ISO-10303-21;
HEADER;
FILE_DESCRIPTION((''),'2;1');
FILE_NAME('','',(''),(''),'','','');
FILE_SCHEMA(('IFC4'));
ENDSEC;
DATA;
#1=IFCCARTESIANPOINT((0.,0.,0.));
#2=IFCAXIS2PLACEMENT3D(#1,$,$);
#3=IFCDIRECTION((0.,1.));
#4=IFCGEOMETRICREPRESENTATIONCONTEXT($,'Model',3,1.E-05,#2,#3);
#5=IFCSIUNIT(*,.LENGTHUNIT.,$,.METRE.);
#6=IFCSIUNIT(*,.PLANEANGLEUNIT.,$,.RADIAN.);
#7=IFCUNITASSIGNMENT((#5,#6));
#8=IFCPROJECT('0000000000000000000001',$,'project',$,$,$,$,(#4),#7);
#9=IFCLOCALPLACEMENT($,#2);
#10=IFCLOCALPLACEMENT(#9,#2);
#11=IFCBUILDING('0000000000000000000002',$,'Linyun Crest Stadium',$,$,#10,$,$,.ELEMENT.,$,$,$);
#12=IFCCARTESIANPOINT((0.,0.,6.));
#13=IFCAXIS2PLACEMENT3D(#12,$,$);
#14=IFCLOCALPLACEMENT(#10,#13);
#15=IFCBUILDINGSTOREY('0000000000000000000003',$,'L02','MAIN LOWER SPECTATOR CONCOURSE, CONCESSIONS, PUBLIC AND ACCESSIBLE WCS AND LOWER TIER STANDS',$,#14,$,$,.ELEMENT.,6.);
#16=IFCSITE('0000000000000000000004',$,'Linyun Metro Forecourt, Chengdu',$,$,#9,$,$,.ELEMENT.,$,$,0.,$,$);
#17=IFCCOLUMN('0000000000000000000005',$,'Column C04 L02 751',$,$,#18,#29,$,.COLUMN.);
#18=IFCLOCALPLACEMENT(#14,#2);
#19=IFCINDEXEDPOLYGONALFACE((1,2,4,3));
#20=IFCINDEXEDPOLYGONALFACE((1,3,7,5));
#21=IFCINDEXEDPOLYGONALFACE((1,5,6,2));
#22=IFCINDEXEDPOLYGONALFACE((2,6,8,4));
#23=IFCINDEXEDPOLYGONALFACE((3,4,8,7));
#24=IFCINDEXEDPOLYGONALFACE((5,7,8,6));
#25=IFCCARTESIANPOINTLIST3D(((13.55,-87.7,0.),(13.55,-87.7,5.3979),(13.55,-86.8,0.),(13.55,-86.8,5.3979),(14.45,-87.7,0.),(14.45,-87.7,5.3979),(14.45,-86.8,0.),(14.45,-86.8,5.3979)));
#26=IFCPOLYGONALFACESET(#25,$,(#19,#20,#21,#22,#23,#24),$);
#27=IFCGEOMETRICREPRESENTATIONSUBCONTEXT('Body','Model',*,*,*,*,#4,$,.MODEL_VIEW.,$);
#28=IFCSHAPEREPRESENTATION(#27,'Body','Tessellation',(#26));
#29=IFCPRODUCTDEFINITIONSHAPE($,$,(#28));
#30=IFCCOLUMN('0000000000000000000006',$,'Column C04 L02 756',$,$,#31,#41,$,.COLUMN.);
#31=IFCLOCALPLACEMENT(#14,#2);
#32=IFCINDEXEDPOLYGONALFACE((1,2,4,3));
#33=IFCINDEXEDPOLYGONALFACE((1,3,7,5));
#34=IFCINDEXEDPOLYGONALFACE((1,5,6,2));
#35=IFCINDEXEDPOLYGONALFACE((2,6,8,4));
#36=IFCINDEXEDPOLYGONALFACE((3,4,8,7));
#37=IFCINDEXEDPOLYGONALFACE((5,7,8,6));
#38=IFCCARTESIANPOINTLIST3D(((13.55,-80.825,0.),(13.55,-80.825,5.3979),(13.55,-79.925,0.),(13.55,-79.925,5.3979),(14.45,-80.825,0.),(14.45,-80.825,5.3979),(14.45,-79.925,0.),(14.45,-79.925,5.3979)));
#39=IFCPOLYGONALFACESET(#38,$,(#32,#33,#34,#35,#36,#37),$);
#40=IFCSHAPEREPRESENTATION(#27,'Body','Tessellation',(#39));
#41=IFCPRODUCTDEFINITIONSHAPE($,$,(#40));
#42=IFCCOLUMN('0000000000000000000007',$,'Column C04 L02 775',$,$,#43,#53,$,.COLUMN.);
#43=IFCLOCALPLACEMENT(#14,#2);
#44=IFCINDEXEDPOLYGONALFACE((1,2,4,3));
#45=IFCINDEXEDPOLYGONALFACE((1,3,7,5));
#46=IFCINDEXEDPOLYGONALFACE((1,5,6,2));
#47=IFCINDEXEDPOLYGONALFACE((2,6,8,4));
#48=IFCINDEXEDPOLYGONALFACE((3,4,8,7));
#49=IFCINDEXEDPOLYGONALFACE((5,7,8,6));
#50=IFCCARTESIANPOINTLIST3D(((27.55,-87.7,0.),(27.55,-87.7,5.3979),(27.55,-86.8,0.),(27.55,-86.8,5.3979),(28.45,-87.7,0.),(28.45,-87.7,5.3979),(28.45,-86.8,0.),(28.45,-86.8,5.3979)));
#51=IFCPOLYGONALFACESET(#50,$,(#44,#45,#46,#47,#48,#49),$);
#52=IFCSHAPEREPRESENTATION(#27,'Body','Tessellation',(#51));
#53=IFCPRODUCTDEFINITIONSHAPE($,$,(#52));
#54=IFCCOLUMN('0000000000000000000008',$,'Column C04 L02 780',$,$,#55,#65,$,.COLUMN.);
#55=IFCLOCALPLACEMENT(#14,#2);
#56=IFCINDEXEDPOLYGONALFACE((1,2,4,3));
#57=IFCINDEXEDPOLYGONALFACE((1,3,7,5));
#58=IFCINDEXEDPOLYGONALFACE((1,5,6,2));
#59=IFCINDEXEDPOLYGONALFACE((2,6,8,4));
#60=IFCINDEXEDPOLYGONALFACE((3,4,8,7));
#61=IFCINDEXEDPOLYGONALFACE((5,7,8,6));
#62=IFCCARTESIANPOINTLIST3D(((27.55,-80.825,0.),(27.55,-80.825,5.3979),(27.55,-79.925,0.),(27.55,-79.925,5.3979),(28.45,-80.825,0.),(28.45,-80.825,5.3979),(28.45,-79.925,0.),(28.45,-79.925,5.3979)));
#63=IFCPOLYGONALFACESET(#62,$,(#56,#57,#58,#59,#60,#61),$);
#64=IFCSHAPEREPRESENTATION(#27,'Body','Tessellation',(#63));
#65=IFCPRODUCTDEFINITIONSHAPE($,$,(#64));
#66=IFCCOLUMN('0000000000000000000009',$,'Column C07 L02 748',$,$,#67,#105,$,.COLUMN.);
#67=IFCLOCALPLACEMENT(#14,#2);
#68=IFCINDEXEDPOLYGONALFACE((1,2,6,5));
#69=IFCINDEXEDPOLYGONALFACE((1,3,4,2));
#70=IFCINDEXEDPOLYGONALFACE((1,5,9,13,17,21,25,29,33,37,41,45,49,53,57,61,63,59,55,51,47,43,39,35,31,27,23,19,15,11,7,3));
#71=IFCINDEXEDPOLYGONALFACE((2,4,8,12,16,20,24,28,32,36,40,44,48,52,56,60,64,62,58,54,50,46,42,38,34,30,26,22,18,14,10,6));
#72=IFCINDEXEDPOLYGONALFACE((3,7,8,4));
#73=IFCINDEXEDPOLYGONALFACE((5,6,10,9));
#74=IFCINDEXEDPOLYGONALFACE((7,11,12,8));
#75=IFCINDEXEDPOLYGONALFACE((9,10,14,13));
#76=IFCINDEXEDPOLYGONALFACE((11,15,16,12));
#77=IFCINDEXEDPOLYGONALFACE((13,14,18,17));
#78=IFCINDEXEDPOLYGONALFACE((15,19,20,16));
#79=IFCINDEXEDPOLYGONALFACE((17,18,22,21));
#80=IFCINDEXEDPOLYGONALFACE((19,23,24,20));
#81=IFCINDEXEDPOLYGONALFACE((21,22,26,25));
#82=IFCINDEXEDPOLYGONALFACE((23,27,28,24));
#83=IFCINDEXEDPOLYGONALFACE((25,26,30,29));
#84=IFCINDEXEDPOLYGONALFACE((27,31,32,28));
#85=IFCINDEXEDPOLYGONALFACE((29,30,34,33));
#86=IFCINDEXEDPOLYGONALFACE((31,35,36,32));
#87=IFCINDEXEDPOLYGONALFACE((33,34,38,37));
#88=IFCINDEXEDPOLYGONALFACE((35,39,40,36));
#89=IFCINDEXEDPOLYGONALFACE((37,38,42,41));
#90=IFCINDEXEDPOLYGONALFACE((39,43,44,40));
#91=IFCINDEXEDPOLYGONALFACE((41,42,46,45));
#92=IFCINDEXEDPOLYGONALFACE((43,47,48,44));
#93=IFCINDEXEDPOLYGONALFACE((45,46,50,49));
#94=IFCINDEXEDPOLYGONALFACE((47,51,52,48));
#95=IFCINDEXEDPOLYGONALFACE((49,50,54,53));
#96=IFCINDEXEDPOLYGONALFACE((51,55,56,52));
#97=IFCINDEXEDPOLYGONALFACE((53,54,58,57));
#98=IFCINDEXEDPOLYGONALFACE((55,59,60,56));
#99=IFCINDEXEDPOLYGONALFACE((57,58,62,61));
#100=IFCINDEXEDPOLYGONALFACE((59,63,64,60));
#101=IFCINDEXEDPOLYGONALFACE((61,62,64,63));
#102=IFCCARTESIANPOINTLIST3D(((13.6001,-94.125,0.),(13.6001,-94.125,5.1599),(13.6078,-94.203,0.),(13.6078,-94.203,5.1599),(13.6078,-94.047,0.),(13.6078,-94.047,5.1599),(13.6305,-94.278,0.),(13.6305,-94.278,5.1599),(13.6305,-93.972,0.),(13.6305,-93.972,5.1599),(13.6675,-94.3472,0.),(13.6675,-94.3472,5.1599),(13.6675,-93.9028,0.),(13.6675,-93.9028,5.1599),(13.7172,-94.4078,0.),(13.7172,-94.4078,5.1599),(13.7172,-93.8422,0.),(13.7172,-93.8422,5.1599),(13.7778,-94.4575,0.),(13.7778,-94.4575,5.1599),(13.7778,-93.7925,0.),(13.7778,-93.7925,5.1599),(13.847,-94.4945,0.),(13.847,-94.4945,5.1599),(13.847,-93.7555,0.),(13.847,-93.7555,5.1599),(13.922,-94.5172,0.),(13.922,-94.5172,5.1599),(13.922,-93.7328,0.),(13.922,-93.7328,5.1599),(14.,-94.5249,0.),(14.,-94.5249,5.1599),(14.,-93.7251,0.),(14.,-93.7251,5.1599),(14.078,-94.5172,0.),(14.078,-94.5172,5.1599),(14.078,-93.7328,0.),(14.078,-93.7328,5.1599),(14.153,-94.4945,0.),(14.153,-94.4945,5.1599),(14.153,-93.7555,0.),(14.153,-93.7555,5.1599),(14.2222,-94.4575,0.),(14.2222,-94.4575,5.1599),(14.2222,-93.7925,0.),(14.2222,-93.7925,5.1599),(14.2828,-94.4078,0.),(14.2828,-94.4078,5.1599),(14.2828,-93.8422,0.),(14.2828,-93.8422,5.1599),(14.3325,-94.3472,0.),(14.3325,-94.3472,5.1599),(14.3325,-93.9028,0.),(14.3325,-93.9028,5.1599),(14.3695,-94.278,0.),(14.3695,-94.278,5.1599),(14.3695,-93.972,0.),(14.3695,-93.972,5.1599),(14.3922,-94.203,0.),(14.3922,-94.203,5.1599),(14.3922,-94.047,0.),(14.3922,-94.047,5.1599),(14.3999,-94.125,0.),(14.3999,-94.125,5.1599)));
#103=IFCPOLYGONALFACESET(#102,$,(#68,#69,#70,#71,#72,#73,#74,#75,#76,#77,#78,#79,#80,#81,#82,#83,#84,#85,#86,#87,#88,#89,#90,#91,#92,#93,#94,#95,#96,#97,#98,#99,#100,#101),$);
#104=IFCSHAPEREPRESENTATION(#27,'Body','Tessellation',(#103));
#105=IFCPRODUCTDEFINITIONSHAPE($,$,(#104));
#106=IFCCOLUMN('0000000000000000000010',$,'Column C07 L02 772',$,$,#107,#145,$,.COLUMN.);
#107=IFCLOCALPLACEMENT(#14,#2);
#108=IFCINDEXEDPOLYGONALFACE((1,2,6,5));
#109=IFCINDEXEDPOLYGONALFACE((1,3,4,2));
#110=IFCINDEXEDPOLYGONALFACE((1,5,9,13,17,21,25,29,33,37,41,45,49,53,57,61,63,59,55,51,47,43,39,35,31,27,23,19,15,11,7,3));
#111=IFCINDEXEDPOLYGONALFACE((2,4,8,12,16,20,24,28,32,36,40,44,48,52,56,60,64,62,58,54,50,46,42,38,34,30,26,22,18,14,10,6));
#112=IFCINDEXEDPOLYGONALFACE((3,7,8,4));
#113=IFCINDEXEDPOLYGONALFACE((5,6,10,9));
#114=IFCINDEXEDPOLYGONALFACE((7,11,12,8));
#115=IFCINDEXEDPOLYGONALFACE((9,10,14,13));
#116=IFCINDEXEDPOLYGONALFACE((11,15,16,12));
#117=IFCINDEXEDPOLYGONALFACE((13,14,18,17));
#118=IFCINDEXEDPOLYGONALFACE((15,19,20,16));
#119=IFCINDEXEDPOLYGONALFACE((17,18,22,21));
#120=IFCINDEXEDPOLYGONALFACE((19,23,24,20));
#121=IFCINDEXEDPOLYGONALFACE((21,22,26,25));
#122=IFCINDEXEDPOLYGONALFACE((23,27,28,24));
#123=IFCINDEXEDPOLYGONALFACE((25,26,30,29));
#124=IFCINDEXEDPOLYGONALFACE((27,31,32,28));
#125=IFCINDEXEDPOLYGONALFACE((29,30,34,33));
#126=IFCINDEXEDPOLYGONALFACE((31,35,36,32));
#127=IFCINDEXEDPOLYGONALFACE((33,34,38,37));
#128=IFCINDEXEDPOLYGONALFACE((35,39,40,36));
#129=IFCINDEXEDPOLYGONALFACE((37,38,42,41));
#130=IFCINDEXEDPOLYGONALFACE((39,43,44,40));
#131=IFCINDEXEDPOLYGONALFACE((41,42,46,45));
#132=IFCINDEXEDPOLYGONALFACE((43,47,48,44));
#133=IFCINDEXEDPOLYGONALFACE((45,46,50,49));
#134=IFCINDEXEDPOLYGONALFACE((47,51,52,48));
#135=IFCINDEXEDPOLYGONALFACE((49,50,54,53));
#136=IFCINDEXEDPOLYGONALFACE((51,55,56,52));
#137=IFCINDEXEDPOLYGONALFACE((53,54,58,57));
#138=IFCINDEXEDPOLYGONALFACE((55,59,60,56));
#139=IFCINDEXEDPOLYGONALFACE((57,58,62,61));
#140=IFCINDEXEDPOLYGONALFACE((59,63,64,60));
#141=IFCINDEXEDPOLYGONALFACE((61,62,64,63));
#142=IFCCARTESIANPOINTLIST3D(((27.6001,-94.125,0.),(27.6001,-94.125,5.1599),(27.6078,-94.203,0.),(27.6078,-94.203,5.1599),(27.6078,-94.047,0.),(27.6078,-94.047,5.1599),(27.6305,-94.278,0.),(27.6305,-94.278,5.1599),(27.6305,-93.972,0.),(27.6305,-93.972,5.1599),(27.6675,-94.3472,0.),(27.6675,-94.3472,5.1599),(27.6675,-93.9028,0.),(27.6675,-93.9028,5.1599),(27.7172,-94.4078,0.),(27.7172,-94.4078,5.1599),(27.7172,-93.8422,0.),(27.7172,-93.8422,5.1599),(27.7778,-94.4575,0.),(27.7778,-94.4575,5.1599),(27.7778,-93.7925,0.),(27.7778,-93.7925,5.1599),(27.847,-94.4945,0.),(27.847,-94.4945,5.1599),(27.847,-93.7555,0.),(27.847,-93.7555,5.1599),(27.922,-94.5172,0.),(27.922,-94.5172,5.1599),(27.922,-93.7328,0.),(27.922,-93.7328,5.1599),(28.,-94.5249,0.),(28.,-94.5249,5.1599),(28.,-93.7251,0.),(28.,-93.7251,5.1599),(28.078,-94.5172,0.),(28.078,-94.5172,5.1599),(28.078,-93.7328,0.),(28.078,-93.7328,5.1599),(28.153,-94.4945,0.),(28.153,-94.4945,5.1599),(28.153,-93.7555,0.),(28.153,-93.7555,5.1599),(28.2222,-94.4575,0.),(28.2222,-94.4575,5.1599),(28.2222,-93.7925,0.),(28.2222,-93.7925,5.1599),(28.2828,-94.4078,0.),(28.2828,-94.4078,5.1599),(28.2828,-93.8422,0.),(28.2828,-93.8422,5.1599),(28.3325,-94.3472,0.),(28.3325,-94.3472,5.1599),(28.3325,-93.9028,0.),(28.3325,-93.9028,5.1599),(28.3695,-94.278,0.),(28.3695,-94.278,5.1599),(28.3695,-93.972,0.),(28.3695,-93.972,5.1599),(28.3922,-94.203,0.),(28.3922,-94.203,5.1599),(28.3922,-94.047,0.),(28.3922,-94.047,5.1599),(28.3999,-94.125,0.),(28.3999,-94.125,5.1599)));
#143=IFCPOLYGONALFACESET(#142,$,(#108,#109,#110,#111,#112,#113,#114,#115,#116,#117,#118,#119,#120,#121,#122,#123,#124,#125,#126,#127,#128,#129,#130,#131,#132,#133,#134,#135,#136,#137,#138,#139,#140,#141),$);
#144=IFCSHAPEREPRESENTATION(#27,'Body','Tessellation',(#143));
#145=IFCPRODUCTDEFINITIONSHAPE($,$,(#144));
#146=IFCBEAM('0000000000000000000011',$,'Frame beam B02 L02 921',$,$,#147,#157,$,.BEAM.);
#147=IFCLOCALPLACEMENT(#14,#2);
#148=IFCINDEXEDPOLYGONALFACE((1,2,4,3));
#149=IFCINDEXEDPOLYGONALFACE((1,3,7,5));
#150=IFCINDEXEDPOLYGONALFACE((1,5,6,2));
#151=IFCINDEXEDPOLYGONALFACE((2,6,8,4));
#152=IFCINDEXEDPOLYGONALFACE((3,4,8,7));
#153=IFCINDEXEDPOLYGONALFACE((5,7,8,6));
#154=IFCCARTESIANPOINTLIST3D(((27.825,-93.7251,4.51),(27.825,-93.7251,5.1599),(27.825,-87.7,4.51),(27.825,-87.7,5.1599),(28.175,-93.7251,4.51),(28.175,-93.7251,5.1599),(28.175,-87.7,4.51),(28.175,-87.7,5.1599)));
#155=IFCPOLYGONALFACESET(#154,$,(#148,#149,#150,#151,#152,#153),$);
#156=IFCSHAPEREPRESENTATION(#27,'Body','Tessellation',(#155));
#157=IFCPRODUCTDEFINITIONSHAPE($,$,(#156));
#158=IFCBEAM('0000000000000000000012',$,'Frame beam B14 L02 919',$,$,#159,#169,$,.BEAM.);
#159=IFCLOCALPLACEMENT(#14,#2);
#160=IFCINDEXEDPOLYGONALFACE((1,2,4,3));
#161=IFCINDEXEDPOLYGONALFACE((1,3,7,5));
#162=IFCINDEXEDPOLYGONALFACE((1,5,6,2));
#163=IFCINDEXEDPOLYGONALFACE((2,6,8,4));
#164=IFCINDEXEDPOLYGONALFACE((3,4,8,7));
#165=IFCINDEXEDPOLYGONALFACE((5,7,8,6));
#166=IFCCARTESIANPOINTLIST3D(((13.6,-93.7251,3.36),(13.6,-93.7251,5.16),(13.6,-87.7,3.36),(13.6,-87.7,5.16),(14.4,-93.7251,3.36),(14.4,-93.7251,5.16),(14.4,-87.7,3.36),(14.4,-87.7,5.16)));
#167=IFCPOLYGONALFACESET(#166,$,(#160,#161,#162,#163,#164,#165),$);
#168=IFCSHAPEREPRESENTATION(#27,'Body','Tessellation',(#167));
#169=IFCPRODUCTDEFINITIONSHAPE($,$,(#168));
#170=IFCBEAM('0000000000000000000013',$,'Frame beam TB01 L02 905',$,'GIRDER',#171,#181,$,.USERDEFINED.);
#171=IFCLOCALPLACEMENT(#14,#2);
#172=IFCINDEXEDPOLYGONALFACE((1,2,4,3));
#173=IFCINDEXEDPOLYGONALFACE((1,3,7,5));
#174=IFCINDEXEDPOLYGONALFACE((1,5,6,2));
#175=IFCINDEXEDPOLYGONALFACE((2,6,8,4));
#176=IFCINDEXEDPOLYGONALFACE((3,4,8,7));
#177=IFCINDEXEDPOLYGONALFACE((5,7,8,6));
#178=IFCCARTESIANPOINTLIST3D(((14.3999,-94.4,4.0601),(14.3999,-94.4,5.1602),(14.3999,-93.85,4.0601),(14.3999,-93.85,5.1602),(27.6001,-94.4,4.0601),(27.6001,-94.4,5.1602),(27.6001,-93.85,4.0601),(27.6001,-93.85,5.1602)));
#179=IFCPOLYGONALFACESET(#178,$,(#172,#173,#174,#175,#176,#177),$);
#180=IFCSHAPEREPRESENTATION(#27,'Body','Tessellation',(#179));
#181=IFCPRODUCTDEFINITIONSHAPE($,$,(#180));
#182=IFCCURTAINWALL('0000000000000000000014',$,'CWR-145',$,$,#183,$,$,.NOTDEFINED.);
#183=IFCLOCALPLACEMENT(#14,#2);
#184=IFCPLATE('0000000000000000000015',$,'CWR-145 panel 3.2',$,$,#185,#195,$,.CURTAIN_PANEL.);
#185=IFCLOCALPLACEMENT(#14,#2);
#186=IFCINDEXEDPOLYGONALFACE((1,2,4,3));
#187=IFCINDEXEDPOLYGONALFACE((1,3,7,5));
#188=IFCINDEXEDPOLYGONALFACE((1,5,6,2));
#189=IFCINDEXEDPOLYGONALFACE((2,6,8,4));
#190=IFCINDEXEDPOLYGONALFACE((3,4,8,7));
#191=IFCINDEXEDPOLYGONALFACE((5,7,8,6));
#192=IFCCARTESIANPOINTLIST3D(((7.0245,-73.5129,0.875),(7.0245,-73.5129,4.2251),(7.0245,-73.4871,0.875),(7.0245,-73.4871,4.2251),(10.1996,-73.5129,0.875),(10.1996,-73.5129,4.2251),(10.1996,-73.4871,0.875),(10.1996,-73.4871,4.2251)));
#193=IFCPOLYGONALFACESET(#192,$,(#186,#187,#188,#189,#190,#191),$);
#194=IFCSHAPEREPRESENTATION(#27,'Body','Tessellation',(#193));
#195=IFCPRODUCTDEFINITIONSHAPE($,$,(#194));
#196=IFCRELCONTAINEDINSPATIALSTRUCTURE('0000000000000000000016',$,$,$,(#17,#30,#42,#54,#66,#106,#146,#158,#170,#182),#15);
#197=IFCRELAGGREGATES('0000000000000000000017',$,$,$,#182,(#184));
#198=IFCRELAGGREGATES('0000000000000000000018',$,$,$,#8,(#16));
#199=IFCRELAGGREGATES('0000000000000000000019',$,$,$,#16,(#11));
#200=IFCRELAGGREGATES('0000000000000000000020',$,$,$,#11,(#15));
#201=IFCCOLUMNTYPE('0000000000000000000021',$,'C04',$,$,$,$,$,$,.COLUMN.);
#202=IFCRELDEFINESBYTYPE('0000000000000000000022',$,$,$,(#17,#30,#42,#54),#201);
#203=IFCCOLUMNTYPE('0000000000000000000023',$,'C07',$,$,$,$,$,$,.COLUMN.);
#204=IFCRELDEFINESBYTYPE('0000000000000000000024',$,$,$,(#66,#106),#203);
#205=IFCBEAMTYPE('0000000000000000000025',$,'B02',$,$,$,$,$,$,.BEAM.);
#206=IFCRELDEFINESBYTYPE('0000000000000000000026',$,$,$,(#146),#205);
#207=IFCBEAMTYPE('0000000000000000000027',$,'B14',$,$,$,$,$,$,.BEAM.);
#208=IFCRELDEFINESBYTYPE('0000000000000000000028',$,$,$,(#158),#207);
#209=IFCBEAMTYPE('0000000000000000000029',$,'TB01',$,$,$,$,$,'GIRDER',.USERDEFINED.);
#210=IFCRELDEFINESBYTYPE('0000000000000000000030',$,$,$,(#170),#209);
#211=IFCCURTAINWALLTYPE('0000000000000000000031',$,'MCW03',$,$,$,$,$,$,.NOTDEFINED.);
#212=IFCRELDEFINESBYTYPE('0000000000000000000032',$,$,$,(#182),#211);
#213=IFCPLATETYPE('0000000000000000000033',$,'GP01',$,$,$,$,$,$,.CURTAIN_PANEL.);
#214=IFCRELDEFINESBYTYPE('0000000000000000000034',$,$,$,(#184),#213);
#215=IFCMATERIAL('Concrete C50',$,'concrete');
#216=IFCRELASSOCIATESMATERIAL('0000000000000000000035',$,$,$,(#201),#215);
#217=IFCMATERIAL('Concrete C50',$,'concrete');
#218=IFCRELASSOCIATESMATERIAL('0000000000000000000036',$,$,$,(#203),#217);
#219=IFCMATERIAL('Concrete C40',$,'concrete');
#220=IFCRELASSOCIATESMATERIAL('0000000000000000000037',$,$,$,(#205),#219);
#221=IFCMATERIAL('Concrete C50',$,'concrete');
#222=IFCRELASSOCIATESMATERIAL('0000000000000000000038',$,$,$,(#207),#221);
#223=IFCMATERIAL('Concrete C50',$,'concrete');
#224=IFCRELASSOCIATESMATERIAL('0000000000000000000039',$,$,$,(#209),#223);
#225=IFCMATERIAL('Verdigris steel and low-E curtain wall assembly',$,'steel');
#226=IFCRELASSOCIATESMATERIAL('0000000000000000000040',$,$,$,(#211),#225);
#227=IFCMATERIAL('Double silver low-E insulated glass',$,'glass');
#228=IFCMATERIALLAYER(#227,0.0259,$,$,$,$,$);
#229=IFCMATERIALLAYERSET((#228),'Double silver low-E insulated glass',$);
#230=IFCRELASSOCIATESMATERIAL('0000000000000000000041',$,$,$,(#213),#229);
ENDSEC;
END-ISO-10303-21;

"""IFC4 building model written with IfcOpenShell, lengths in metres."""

from ifc_helpers import new_model, si_unit, direction, frame, origin, origin_2d, place, context, subcontext, project, spatial, rectangle, circle, extrude, material, layer, layer_set, material_profile, profile_set, type_object, element, aggregate, save


model = new_model("IFC4")

# Units and contexts
model_context = context("Model", 3, precision=1e-05, world=origin(), true_north=direction((0.0, 1.0)))
body_context = subcontext(model_context, "Body", "Model", "MODEL_VIEW")
ifc_project = project(units=[si_unit("LENGTHUNIT", "METRE"), si_unit("PLANEANGLEUNIT", "RADIAN")], contexts=[model_context])

# Site, building, storey
site_placement = place(None, origin())
site = spatial("IfcSite", under=ifc_project, at=site_placement, Name="Linyun Metro Forecourt, Chengdu", CompositionType="ELEMENT", RefElevation=0.0)
building_placement = place(site_placement, origin())
building = spatial("IfcBuilding", under=site, at=building_placement, Name="Linyun Crest Stadium", CompositionType="ELEMENT")
storey_placement = place(building_placement, frame((0.0, 0.0, 6.0)))
storey = spatial("IfcBuildingStorey", under=building, at=storey_placement, Name="L02", Description="MAIN LOWER SPECTATOR CONCOURSE, CONCESSIONS, PUBLIC AND ACCESSIBLE WCS AND LOWER TIER STANDS", CompositionType="ELEMENT", Elevation=6.0)

# Columns
ifc_material_1 = material(Name="Concrete C50", Category="concrete")
ifc_material_profile_1 = material_profile(ifc_material_1, rectangle(XDim=0.8999, YDim=0.8999, at=origin_2d()), Name="RC 900x900")
ifc_profile_set_1 = profile_set([ifc_material_profile_1], Name="Concrete C50")
column_type_1 = type_object("IfcColumnType", Name="C04", PredefinedType="COLUMN", material=ifc_profile_set_1)
for number, where, z_axis, x_axis, name in (
    (1, (14.0, -87.25, 0.0), (0.0, 0.0, 1.0), (1.0, 0.0, 0.0), "Column C04 L02 751"),
    (2, (14.0, -80.375, 0.0), (0.0, 0.0, 1.0), (1.0, 0.0, 0.0), "Column C04 L02 756"),
    (3, (28.0, -87.25, 0.0), (0.0, 0.0, 1.0), (1.0, 0.0, 0.0), "Column C04 L02 775"),
    (4, (28.0, -80.375, 0.0), (0.0, 0.0, 1.0), (1.0, 0.0, 0.0), "Column C04 L02 780"),
):
    element("IfcColumn", number, at=place(storey_placement, frame(where, z_axis=z_axis, x_axis=x_axis)), inside=storey, type_object=column_type_1, Name=name, PredefinedType="COLUMN", context=body_context, shape_type="SweptSolid", body=[
        extrude(rectangle(XDim=0.8999, YDim=0.8999, at=origin_2d()), origin(), (0.0, 0.0, 1.0), 5.3979),
    ])
ifc_material_2 = material(Name="Concrete C50", Category="concrete")
ifc_material_profile_2 = material_profile(ifc_material_2, circle(Radius=0.3999, at=origin_2d()), Name="RC D800")
ifc_profile_set_2 = profile_set([ifc_material_profile_2], Name="Concrete C50")
column_type_2 = type_object("IfcColumnType", Name="C07", PredefinedType="COLUMN", material=ifc_profile_set_2)
for number, where, z_axis, x_axis, name in (
    (5, (14.0, -94.125, 0.0), (0.0, 0.0, 1.0), (1.0, 0.0, 0.0), "Column C07 L02 748"),
    (6, (28.0, -94.125, 0.0), (0.0, 0.0, 1.0), (1.0, 0.0, 0.0), "Column C07 L02 772"),
):
    element("IfcColumn", number, at=place(storey_placement, frame(where, z_axis=z_axis, x_axis=x_axis)), inside=storey, type_object=column_type_2, Name=name, PredefinedType="COLUMN", context=body_context, shape_type="SweptSolid", body=[
        extrude(circle(Radius=0.3999, at=origin_2d()), origin(), (0.0, 0.0, 1.0), 5.1599),
    ])

# Beams
ifc_material_3 = material(Name="Concrete C40", Category="concrete")
ifc_material_profile_3 = material_profile(ifc_material_3, rectangle(XDim=0.3501, YDim=0.6499, at=origin_2d()), Name="RCB 650x350")
ifc_profile_set_3 = profile_set([ifc_material_profile_3], Name="Concrete C40")
beam_type_1 = type_object("IfcBeamType", Name="B02", PredefinedType="BEAM", material=ifc_profile_set_3)
beam_1_placement = place(storey_placement, frame((28.0, -93.7251, 4.835), z_axis=(0.0, 1.0, 0.0), x_axis=(-1.0, 0.0, 0.0)))
element("IfcBeam", 7, at=beam_1_placement, inside=storey, type_object=beam_type_1, Name="Frame beam B02 L02 921", PredefinedType="BEAM", context=body_context, shape_type="SweptSolid", body=[
    extrude(rectangle(XDim=0.3501, YDim=0.6499, at=origin_2d()), origin(), (0.0, 0.0, 1.0), 6.0251),
])
ifc_material_4 = material(Name="Concrete C50", Category="concrete")
ifc_material_profile_4 = material_profile(ifc_material_4, rectangle(XDim=0.8, YDim=1.8, at=origin_2d()), Name="RCB 1800x800")
ifc_profile_set_4 = profile_set([ifc_material_profile_4], Name="Concrete C50")
beam_type_2 = type_object("IfcBeamType", Name="B14", PredefinedType="BEAM", material=ifc_profile_set_4)
beam_2_placement = place(storey_placement, frame((14.0, -93.7251, 4.26), z_axis=(0.0, 1.0, 0.0), x_axis=(-1.0, 0.0, 0.0)))
element("IfcBeam", 8, at=beam_2_placement, inside=storey, type_object=beam_type_2, Name="Frame beam B14 L02 919", PredefinedType="BEAM", context=body_context, shape_type="SweptSolid", body=[
    extrude(rectangle(XDim=0.8, YDim=1.8, at=origin_2d()), origin(), (0.0, 0.0, 1.0), 6.0251),
])
ifc_material_5 = material(Name="Concrete C50", Category="concrete")
ifc_material_profile_5 = material_profile(ifc_material_5, rectangle(XDim=0.55, YDim=1.1001, at=origin_2d()), Name="RCB 1100x550")
ifc_profile_set_5 = profile_set([ifc_material_profile_5], Name="Concrete C50")
beam_type_3 = type_object("IfcBeamType", Name="TB01", ElementType="GIRDER", PredefinedType="USERDEFINED", material=ifc_profile_set_5)
beam_3_placement = place(storey_placement, frame((14.3999, -94.125, 4.6101), z_axis=(1.0, 0.0, 0.0), x_axis=(0.0, 1.0, 0.0)))
element("IfcBeam", 9, at=beam_3_placement, inside=storey, type_object=beam_type_3, Name="Frame beam TB01 L02 905", ObjectType="GIRDER", PredefinedType="USERDEFINED", context=body_context, shape_type="SweptSolid", body=[
    extrude(rectangle(XDim=0.55, YDim=1.1001, at=origin_2d()), origin(), (0.0, 0.0, 1.0), 13.2002),
])

# Curtain wall, plate
ifc_material_6 = material(Name="Verdigris steel and low-E curtain wall assembly", Category="steel")
curtain_wall_type = type_object("IfcCurtainWallType", Name="MCW03", PredefinedType="NOTDEFINED", material=ifc_material_6)
curtain_wall_placement = place(storey_placement, origin())
curtain_wall = element("IfcCurtainWall", 10, at=curtain_wall_placement, inside=storey, type_object=curtain_wall_type, Name="CWR-145", PredefinedType="NOTDEFINED")
ifc_material_7 = material(Name="Double silver low-E insulated glass", Category="glass")
ifc_layer_1 = layer(ifc_material_7, 0.0259)
ifc_layer_set_1 = layer_set([ifc_layer_1], Name="Double silver low-E insulated glass")
plate_type = type_object("IfcPlateType", Name="GP01", PredefinedType="CURTAIN_PANEL", material=ifc_layer_set_1)
plate_placement = place(storey_placement, frame((8.6121, -73.5, 0.875), z_axis=(0.0, 0.0, 1.0), x_axis=(1.0, 0.0, 0.0)))
plate = element("IfcPlate", 11, at=plate_placement, type_object=plate_type, Name="CWR-145 panel 3.2", PredefinedType="CURTAIN_PANEL", context=body_context, shape_type="SweptSolid", body=[
    extrude(rectangle(XDim=3.175, YDim=0.0259, at=origin_2d()), origin(), (0.0, 0.0, 1.0), 3.3501),
])
aggregate(curtain_wall, [plate])

save(model, "model.ifc")
